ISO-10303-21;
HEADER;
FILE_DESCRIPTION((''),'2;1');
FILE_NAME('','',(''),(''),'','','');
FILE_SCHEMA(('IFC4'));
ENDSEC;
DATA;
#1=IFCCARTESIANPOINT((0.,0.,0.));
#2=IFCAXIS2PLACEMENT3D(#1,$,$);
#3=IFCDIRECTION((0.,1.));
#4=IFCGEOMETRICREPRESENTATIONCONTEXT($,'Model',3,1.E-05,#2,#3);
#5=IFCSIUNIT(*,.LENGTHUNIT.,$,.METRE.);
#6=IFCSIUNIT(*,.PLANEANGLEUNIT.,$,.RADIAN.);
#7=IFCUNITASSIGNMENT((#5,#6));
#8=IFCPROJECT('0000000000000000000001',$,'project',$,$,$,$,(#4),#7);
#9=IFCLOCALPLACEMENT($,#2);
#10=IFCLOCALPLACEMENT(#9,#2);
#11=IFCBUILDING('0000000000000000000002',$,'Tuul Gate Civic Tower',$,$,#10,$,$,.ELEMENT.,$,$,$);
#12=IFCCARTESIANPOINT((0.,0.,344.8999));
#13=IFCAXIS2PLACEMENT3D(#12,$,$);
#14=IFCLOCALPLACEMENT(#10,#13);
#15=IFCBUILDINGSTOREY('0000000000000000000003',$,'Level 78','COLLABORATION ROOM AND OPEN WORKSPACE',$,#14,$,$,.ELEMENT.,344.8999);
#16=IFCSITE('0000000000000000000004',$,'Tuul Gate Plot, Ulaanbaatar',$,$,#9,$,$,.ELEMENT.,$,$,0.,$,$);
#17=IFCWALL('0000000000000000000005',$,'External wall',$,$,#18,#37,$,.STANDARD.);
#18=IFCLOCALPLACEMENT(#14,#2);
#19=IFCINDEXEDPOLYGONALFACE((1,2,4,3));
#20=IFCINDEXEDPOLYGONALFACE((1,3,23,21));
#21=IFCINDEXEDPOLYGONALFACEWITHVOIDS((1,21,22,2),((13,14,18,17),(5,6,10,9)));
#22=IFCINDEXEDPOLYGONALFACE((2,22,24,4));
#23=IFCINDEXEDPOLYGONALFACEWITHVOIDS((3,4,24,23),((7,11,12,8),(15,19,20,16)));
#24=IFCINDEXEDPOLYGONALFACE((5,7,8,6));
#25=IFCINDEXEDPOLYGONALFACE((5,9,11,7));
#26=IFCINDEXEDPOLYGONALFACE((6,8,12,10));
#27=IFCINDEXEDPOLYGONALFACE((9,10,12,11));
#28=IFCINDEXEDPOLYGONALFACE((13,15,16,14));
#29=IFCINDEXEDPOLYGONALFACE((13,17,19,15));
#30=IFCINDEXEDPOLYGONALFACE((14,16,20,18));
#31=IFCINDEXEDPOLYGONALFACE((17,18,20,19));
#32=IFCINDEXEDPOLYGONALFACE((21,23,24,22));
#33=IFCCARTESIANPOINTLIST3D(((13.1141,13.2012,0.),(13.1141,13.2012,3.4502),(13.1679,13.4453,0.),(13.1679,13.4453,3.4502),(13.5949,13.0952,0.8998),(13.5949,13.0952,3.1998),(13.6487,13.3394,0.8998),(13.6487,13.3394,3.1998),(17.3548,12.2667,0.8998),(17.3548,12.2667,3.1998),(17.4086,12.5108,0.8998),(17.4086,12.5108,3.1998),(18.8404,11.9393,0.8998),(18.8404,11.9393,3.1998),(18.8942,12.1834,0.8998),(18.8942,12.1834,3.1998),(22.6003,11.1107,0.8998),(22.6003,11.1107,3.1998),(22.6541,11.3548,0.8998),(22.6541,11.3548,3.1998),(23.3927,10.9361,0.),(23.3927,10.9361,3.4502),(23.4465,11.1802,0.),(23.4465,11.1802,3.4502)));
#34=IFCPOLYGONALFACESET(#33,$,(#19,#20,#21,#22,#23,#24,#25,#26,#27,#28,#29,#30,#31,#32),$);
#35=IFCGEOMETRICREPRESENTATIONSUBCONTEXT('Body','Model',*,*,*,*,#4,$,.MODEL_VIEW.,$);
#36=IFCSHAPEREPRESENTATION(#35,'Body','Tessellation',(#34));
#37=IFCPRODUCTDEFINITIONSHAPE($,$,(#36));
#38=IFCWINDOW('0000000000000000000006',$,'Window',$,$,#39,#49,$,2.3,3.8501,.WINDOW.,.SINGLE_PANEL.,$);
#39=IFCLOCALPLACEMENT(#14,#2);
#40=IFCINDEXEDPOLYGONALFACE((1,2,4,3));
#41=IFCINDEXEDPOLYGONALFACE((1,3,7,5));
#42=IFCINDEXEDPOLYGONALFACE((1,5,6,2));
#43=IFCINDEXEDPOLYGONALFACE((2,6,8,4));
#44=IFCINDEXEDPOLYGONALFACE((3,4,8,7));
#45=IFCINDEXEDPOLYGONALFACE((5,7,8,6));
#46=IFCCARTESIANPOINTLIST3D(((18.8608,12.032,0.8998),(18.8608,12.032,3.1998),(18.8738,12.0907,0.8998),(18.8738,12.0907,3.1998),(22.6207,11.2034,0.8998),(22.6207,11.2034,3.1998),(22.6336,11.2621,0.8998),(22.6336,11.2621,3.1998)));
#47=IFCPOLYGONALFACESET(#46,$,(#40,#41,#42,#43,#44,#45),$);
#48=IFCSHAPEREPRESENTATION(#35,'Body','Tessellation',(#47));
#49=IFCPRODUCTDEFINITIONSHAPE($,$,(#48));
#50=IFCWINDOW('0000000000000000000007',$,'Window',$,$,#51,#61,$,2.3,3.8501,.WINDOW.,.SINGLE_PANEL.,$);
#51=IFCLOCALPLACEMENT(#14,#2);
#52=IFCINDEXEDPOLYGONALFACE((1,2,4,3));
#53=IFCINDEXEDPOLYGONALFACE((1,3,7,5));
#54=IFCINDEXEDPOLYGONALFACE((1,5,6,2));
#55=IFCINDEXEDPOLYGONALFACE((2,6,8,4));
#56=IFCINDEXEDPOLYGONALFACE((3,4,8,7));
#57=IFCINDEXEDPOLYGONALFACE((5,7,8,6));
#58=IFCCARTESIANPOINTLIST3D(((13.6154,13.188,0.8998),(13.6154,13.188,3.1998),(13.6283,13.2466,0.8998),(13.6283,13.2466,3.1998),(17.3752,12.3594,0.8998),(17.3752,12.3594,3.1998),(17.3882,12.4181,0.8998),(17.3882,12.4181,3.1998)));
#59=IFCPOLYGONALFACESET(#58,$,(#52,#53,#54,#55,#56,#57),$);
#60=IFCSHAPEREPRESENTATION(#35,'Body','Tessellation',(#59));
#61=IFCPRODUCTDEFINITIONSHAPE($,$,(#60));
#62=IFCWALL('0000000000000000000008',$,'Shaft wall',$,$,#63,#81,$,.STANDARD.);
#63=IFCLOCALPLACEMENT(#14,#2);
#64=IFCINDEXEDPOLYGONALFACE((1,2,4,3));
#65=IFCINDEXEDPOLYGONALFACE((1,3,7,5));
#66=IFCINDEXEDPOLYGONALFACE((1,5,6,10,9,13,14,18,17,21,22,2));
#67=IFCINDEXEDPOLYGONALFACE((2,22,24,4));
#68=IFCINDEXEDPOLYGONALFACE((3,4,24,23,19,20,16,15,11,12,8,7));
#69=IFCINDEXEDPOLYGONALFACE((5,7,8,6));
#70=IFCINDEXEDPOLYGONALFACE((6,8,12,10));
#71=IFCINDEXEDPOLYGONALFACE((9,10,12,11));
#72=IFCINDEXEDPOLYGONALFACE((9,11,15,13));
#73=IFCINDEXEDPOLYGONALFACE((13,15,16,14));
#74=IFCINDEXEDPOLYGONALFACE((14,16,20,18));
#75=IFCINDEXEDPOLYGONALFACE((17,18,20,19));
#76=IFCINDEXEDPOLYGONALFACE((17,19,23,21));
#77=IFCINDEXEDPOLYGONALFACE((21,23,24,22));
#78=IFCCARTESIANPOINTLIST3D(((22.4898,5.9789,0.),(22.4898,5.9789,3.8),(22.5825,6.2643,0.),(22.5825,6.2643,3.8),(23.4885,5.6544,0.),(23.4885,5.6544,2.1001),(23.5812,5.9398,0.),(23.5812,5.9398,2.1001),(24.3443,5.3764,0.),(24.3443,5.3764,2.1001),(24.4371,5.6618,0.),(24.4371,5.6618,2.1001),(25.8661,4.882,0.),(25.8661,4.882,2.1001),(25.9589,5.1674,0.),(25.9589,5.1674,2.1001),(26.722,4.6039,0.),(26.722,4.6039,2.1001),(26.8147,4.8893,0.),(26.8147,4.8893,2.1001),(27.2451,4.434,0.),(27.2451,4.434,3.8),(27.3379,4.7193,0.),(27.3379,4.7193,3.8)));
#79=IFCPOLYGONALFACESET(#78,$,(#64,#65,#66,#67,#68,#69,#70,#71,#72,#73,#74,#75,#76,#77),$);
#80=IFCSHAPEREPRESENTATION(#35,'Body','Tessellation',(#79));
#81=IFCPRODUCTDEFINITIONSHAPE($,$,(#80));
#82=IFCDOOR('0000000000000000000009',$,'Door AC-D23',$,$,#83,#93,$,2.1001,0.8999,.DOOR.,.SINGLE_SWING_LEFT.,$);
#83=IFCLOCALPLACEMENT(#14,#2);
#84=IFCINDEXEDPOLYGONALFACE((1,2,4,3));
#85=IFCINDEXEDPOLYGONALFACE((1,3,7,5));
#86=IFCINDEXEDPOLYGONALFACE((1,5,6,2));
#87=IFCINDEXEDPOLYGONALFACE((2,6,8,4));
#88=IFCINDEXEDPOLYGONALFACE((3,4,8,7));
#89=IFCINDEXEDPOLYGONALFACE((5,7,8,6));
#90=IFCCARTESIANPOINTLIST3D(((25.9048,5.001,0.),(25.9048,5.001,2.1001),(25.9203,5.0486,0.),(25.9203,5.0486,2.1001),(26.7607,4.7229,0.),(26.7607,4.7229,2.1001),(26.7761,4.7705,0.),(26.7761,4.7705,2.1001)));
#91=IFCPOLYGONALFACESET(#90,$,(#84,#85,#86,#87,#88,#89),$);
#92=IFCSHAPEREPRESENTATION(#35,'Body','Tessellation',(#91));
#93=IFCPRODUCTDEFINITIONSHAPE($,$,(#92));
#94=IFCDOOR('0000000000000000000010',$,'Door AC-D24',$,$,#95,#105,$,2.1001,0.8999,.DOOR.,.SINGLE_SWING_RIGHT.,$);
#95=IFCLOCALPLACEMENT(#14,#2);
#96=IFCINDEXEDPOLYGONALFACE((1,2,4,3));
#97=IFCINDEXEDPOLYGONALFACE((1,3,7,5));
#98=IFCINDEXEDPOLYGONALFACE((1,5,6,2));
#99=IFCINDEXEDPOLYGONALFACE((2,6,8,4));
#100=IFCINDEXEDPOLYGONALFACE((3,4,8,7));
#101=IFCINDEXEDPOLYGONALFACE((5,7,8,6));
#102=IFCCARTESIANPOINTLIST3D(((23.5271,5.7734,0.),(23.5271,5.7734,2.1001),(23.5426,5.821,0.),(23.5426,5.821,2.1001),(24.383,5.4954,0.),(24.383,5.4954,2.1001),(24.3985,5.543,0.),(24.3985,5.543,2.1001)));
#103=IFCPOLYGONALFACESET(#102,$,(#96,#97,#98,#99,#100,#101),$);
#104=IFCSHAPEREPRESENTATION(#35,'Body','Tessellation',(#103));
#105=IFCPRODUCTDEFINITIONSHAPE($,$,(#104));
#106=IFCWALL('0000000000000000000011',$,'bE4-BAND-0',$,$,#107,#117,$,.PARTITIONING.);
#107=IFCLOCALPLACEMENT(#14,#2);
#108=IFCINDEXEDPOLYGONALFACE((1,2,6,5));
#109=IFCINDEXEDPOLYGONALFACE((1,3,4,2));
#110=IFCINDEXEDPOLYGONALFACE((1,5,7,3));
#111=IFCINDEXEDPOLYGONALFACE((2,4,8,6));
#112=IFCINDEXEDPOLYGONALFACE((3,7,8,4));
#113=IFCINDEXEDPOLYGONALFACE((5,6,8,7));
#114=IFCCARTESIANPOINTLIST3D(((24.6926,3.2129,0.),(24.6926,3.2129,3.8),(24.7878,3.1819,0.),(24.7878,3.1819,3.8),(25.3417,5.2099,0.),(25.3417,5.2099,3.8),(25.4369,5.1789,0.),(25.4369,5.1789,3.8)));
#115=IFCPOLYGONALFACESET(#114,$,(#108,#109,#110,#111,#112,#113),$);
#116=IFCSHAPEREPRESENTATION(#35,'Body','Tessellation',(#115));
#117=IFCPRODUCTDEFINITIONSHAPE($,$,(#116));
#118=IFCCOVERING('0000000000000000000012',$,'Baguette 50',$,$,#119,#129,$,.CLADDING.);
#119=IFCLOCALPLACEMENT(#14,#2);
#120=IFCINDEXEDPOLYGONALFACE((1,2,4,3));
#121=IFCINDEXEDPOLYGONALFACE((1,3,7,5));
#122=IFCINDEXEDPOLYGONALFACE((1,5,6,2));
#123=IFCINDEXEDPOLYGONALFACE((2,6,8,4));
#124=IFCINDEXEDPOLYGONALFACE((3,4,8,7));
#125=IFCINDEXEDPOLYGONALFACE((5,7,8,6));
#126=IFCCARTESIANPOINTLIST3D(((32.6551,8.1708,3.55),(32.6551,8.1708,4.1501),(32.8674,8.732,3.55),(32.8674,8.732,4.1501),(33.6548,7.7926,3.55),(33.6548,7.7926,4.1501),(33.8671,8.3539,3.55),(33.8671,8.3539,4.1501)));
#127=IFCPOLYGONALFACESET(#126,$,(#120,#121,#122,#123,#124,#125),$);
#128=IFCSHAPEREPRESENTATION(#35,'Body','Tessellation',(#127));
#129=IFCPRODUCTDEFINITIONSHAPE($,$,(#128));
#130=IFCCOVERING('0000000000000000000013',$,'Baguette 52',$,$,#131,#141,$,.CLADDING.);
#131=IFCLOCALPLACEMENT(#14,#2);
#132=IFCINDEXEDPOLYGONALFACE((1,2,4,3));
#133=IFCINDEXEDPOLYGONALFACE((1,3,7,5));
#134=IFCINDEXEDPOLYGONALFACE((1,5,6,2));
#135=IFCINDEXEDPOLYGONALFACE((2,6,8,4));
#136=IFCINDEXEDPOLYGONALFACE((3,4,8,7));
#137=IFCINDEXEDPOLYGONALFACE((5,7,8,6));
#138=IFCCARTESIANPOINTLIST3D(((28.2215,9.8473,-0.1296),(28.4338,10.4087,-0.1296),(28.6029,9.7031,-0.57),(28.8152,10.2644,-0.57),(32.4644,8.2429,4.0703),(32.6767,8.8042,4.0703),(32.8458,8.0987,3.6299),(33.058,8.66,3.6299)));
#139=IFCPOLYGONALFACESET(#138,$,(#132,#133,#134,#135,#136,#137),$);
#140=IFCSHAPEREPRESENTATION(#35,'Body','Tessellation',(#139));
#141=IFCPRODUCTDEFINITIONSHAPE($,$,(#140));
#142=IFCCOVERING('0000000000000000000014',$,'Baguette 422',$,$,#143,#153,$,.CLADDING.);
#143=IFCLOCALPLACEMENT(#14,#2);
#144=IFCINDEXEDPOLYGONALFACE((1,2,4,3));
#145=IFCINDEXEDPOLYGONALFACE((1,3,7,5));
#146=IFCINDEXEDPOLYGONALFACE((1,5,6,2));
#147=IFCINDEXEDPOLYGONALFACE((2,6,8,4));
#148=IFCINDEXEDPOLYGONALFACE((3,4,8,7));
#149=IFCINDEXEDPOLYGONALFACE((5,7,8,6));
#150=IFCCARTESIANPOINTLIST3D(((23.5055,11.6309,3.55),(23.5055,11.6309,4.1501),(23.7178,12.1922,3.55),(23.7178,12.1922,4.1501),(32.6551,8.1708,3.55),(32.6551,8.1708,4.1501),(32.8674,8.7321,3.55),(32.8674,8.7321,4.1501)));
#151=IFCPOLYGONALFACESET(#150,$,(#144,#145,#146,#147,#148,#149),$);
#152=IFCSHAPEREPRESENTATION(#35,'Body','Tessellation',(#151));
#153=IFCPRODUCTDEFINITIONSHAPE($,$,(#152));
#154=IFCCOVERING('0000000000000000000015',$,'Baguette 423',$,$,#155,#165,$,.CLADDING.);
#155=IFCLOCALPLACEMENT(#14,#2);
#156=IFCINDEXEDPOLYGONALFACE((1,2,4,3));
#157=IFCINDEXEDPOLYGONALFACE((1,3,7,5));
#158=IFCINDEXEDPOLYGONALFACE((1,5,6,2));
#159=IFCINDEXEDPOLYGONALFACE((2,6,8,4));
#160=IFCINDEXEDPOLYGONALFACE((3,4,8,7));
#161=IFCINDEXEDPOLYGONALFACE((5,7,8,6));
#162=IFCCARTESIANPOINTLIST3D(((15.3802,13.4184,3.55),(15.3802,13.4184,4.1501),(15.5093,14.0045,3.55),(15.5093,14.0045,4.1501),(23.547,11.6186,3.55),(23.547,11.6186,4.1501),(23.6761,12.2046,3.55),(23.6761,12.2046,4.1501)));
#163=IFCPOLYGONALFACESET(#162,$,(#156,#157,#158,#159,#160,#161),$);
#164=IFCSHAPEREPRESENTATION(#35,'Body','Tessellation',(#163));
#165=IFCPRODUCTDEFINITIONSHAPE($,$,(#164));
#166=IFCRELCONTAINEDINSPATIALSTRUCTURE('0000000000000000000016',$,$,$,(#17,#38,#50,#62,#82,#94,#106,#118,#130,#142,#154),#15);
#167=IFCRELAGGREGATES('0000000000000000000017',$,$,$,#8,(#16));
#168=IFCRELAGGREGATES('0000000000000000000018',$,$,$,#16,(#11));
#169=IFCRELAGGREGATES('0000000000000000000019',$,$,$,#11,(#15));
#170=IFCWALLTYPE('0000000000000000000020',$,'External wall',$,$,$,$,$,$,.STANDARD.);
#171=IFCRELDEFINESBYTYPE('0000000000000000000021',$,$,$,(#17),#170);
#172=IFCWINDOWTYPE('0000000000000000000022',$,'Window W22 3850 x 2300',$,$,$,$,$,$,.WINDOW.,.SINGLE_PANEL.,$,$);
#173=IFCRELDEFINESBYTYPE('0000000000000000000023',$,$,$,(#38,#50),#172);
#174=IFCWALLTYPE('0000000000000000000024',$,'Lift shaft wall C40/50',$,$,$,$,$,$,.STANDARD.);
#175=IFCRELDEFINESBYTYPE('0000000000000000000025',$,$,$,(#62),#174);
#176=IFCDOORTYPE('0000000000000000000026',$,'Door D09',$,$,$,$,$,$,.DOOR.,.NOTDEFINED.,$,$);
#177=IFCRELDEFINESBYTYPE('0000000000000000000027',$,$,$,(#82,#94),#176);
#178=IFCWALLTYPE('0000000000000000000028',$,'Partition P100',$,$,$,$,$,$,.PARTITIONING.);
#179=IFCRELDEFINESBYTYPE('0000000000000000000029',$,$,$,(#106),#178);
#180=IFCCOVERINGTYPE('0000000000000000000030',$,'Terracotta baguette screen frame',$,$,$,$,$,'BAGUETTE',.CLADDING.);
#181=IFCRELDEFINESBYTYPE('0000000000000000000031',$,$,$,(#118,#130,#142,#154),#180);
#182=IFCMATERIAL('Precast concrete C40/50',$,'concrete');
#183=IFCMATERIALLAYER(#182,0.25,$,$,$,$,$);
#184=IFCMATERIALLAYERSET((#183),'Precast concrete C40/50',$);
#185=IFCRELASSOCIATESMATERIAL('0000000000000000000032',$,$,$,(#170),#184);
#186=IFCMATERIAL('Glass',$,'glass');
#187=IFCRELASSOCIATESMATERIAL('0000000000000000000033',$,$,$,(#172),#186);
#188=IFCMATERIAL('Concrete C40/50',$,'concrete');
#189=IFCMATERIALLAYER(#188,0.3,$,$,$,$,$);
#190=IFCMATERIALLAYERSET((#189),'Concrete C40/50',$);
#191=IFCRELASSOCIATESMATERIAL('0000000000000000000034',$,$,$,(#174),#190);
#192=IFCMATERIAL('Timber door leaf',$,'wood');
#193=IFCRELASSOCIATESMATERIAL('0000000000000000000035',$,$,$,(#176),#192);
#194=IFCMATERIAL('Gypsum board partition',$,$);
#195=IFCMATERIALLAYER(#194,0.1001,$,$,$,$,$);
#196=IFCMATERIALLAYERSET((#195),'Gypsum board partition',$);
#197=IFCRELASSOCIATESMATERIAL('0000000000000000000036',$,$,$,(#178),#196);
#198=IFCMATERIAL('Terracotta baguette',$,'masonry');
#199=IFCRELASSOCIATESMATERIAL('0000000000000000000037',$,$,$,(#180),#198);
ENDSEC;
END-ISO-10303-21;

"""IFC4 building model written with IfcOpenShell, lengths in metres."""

from ifc_helpers import new_model, si_unit, direction, frame, frame_2d, origin, origin_2d, place, context, subcontext, project, spatial, rectangle, extrude, material, layer, layer_set, material_profile, profile_set, type_object, element, fill, save


model = new_model("IFC4")

# Units and contexts
model_context = context("Model", 3, precision=1e-05, world=origin(), true_north=direction((0.0, 1.0)))
body_context = subcontext(model_context, "Body", "Model", "MODEL_VIEW")
ifc_project = project(units=[si_unit("LENGTHUNIT", "METRE"), si_unit("PLANEANGLEUNIT", "RADIAN")], contexts=[model_context])

# Site, building, storey
site_placement = place(None, origin())
site = spatial("IfcSite", under=ifc_project, at=site_placement, Name="Tuul Gate Plot, Ulaanbaatar", CompositionType="ELEMENT", RefElevation=0.0)
building_placement = place(site_placement, origin())
building = spatial("IfcBuilding", under=site, at=building_placement, Name="Tuul Gate Civic Tower", CompositionType="ELEMENT")
storey_placement = place(building_placement, frame((0.0, 0.0, 344.8999)))
storey = spatial("IfcBuildingStorey", under=building, at=storey_placement, Name="Level 78", Description="COLLABORATION ROOM AND OPEN WORKSPACE", CompositionType="ELEMENT", Elevation=344.8999)

# Wall, openings, windows
ifc_material_1 = material(Name="Precast concrete C40/50", Category="concrete")
ifc_layer_1 = layer(ifc_material_1, 0.25)
ifc_layer_set_1 = layer_set([ifc_layer_1], Name="Precast concrete C40/50")
wall_type_1 = type_object("IfcWallType", Name="External wall", PredefinedType="STANDARD", material=ifc_layer_set_1)
ifc_material_2 = material(Name="Glass", Category="glass")
window_type = type_object("IfcWindowType", Name="Window W22 3850 x 2300", PartitioningType="SINGLE_PANEL", PredefinedType="WINDOW", material=ifc_material_2)
wall_1_placement = place(storey_placement, frame((23.4197, 11.0581, 0.0), z_axis=(0.0, 0.0, 1.0), x_axis=(-0.976568, 0.215211, 0.0)))
wall_1 = element("IfcWall", 1, at=wall_1_placement, inside=storey, type_object=wall_type_1, Name="External wall", PredefinedType="STANDARD", context=body_context, shape_type="SweptSolid", body=[
    extrude(rectangle(XDim=10.5251, YDim=0.25, at=frame_2d((5.2627, 0.0))), origin(), (0.0, 0.0, 1.0), 3.4502),
])
opening_1_placement = place(wall_1_placement, frame((0.8115, 0.0, 0.8999)))
opening_1 = element("IfcOpeningElement", 2, at=opening_1_placement, cuts=wall_1, PredefinedType="OPENING", context=body_context, shape_type="SweptSolid", body=[
    extrude(rectangle(XDim=3.8501, YDim=2.3, at=frame_2d((1.925, 1.1499))), frame((0.0, 0.135, 0.0), z_axis=(0.0, -1.0, 0.0), x_axis=(1.0, 0.0, 0.0)), (0.0, 0.0, 1.0), 0.27),
])
opening_2_placement = place(wall_1_placement, frame((6.1829, 0.0, 0.8999)))
opening_2 = element("IfcOpeningElement", 3, at=opening_2_placement, cuts=wall_1, PredefinedType="OPENING", context=body_context, shape_type="SweptSolid", body=[
    extrude(rectangle(XDim=3.8501, YDim=2.3, at=frame_2d((1.925, 1.1499))), frame((0.0, 0.135, 0.0), z_axis=(0.0, -1.0, 0.0), x_axis=(1.0, 0.0, 0.0)), (0.0, 0.0, 1.0), 0.27),
])
window_1_placement = place(opening_1_placement, origin())
window_1 = element("IfcWindow", 4, at=window_1_placement, inside=storey, type_object=window_type, Name="Window", OverallHeight=2.3, OverallWidth=3.8501, PartitioningType="SINGLE_PANEL", PredefinedType="WINDOW", context=body_context, shape_type="SweptSolid", body=[
    extrude(rectangle(XDim=3.8501, YDim=2.3, at=frame_2d((1.925, 1.1499))), frame((0.0, 0.03, 0.0), z_axis=(0.0, -1.0, 0.0), x_axis=(1.0, 0.0, 0.0)), (0.0, 0.0, 1.0), 0.0601),
])
fill(opening_1, window_1)
window_2_placement = place(opening_2_placement, origin())
window_2 = element("IfcWindow", 5, at=window_2_placement, inside=storey, type_object=window_type, Name="Window", OverallHeight=2.3, OverallWidth=3.8501, PartitioningType="SINGLE_PANEL", PredefinedType="WINDOW", context=body_context, shape_type="SweptSolid", body=[
    extrude(rectangle(XDim=3.8501, YDim=2.3, at=frame_2d((1.925, 1.1499))), frame((0.0, 0.03, 0.0), z_axis=(0.0, -1.0, 0.0), x_axis=(1.0, 0.0, 0.0)), (0.0, 0.0, 1.0), 0.0601),
])
fill(opening_2, window_2)

# Wall, openings, doors
ifc_material_3 = material(Name="Concrete C40/50", Category="concrete")
ifc_layer_2 = layer(ifc_material_3, 0.3)
ifc_layer_set_2 = layer_set([ifc_layer_2], Name="Concrete C40/50")
wall_type_2 = type_object("IfcWallType", Name="Lift shaft wall C40/50", PredefinedType="STANDARD", material=ifc_layer_set_2)
wall_2_placement = place(storey_placement, frame((27.2915, 4.5767, 0.0), z_axis=(0.0, 0.0, 1.0), x_axis=(-0.951068, 0.308982, 0.0)))
wall_2 = element("IfcWall", 6, at=wall_2_placement, inside=storey, type_object=wall_type_2, Name="Shaft wall", PredefinedType="STANDARD", context=body_context, shape_type="SweptSolid", body=[
    extrude(rectangle(XDim=5.0, YDim=0.3, at=frame_2d((2.5, 0.0))), origin(), (0.0, 0.0, 1.0), 3.8),
])
opening_3_placement = place(wall_2_placement, frame((0.55, 0.0, 0.0)))
opening_3 = element("IfcOpeningElement", 7, at=opening_3_placement, cuts=wall_2, PredefinedType="OPENING", context=body_context, shape_type="SweptSolid", body=[
    extrude(rectangle(XDim=0.8999, YDim=2.1001, at=frame_2d((0.45, 1.05))), frame((0.0, 0.1602, 0.0), z_axis=(0.0, -1.0, 0.0), x_axis=(1.0, 0.0, 0.0)), (0.0, 0.0, 1.0), 0.3201),
])
opening_4_placement = place(wall_2_placement, frame((3.05, 0.0, 0.0)))
opening_4 = element("IfcOpeningElement", 8, at=opening_4_placement, cuts=wall_2, PredefinedType="OPENING", context=body_context, shape_type="SweptSolid", body=[
    extrude(rectangle(XDim=0.8999, YDim=2.1001, at=frame_2d((0.45, 1.05))), frame((0.0, 0.1602, 0.0), z_axis=(0.0, -1.0, 0.0), x_axis=(1.0, 0.0, 0.0)), (0.0, 0.0, 1.0), 0.3201),
])
ifc_material_4 = material(Name="Timber door leaf", Category="wood")
door_type_1 = type_object("IfcDoorType", Name="Door D09", OperationType="NOTDEFINED", PredefinedType="DOOR", material=ifc_material_4)
door_1_placement = place(opening_3_placement, origin())
door_1 = element("IfcDoor", 9, at=door_1_placement, inside=storey, type_object=door_type_1, Name="Door AC-D23", OperationType="SINGLE_SWING_LEFT", OverallHeight=2.1001, OverallWidth=0.8999, PredefinedType="DOOR", context=body_context, shape_type="SweptSolid", body=[
    extrude(rectangle(XDim=0.8999, YDim=2.1001, at=frame_2d((0.45, 1.05))), frame((0.0, 0.0249, 0.0), z_axis=(0.0, -1.0, 0.0), x_axis=(1.0, 0.0, 0.0)), (0.0, 0.0, 1.0), 0.05),
])
fill(opening_3, door_1)
door_2_placement = place(opening_4_placement, origin())
door_2 = element("IfcDoor", 10, at=door_2_placement, inside=storey, type_object=door_type_1, Name="Door AC-D24", OperationType="SINGLE_SWING_RIGHT", OverallHeight=2.1001, OverallWidth=0.8999, PredefinedType="DOOR", context=body_context, shape_type="SweptSolid", body=[
    extrude(rectangle(XDim=0.8999, YDim=2.1001, at=frame_2d((0.45, 1.05))), frame((0.0, 0.0249, 0.0), z_axis=(0.0, -1.0, 0.0), x_axis=(1.0, 0.0, 0.0)), (0.0, 0.0, 1.0), 0.05),
])
fill(opening_4, door_2)

# Wall
ifc_material_5 = material(Name="Gypsum board partition")
ifc_layer_3 = layer(ifc_material_5, 0.1001)
ifc_layer_set_3 = layer_set([ifc_layer_3], Name="Gypsum board partition")
wall_type_3 = type_object("IfcWallType", Name="Partition P100", PredefinedType="PARTITIONING", material=ifc_layer_set_3)
wall_3_placement = place(storey_placement, frame((24.7402, 3.1975, 0.0), z_axis=(0.0, 0.0, 1.0), x_axis=(0.309139, 0.951017, 0.0)))
element("IfcWall", 11, at=wall_3_placement, inside=storey, type_object=wall_type_3, Name="bE4-BAND-0", PredefinedType="PARTITIONING", context=body_context, shape_type="SweptSolid", body=[
    extrude(rectangle(XDim=2.0999, YDim=0.1001, at=frame_2d((1.0498, 0.0))), origin(), (0.0, 0.0, 1.0), 3.8),
])

# Coverings
ifc_material_6 = material(Name="Terracotta baguette", Category="masonry")
ifc_material_profile_1 = material_profile(ifc_material_6, rectangle(XDim=0.6001, YDim=0.6001, at=origin_2d()), Name="Terracotta baguette screen frame")
ifc_profile_set_1 = profile_set([ifc_material_profile_1], Name="Terracotta baguette")
covering_type = type_object("IfcCoveringType", Name="Terracotta baguette screen frame", ElementType="BAGUETTE", PredefinedType="CLADDING", material=ifc_profile_set_1)
covering_1_placement = place(storey_placement, frame((33.761, 8.0732, 3.8501), z_axis=(-0.935321, 0.3538, 0.0), x_axis=(-0.3538, -0.935321, 0.0)))
element("IfcCovering", 12, at=covering_1_placement, inside=storey, type_object=covering_type, Name="Baguette 50", PredefinedType="CLADDING", context=body_context, shape_type="SweptSolid", body=[
    extrude(rectangle(XDim=0.6001, YDim=0.6001, at=origin_2d()), origin(), (0.0, 0.0, 1.0), 1.0688),
])
covering_2_placement = place(storey_placement, frame((32.7612, 8.4514, 3.8501), z_axis=(-0.686341, 0.259545, -0.679391), x_axis=(-0.353711, -0.935355, 0.0)))
element("IfcCovering", 13, at=covering_2_placement, inside=storey, type_object=covering_type, Name="Baguette 52", PredefinedType="CLADDING", context=body_context, shape_type="SweptSolid", body=[
    extrude(rectangle(XDim=0.6001, YDim=0.6001, at=origin_2d()), origin(), (0.0, 0.0, 1.0), 6.1819),
])
covering_3_placement = place(storey_placement, frame((32.7612, 8.4514, 3.8501), z_axis=(-0.935348, 0.353729, 0.0), x_axis=(-0.353729, -0.935348, 0.0)))
element("IfcCovering", 14, at=covering_3_placement, inside=storey, type_object=covering_type, Name="Baguette 422", PredefinedType="CLADDING", context=body_context, shape_type="SweptSolid", body=[
    extrude(rectangle(XDim=0.6001, YDim=0.6001, at=origin_2d()), origin(), (0.0, 0.0, 1.0), 9.782),
])
covering_4_placement = place(storey_placement, frame((23.6116, 11.9116, 3.8501), z_axis=(-0.976566, 0.215218, 0.0), x_axis=(-0.215218, -0.976566, 0.0)))
element("IfcCovering", 15, at=covering_4_placement, inside=storey, type_object=covering_type, Name="Baguette 423", PredefinedType="CLADDING", context=body_context, shape_type="SweptSolid", body=[
    extrude(rectangle(XDim=0.6001, YDim=0.6001, at=origin_2d()), origin(), (0.0, 0.0, 1.0), 8.3628),
])

save(model, "model.ifc")
